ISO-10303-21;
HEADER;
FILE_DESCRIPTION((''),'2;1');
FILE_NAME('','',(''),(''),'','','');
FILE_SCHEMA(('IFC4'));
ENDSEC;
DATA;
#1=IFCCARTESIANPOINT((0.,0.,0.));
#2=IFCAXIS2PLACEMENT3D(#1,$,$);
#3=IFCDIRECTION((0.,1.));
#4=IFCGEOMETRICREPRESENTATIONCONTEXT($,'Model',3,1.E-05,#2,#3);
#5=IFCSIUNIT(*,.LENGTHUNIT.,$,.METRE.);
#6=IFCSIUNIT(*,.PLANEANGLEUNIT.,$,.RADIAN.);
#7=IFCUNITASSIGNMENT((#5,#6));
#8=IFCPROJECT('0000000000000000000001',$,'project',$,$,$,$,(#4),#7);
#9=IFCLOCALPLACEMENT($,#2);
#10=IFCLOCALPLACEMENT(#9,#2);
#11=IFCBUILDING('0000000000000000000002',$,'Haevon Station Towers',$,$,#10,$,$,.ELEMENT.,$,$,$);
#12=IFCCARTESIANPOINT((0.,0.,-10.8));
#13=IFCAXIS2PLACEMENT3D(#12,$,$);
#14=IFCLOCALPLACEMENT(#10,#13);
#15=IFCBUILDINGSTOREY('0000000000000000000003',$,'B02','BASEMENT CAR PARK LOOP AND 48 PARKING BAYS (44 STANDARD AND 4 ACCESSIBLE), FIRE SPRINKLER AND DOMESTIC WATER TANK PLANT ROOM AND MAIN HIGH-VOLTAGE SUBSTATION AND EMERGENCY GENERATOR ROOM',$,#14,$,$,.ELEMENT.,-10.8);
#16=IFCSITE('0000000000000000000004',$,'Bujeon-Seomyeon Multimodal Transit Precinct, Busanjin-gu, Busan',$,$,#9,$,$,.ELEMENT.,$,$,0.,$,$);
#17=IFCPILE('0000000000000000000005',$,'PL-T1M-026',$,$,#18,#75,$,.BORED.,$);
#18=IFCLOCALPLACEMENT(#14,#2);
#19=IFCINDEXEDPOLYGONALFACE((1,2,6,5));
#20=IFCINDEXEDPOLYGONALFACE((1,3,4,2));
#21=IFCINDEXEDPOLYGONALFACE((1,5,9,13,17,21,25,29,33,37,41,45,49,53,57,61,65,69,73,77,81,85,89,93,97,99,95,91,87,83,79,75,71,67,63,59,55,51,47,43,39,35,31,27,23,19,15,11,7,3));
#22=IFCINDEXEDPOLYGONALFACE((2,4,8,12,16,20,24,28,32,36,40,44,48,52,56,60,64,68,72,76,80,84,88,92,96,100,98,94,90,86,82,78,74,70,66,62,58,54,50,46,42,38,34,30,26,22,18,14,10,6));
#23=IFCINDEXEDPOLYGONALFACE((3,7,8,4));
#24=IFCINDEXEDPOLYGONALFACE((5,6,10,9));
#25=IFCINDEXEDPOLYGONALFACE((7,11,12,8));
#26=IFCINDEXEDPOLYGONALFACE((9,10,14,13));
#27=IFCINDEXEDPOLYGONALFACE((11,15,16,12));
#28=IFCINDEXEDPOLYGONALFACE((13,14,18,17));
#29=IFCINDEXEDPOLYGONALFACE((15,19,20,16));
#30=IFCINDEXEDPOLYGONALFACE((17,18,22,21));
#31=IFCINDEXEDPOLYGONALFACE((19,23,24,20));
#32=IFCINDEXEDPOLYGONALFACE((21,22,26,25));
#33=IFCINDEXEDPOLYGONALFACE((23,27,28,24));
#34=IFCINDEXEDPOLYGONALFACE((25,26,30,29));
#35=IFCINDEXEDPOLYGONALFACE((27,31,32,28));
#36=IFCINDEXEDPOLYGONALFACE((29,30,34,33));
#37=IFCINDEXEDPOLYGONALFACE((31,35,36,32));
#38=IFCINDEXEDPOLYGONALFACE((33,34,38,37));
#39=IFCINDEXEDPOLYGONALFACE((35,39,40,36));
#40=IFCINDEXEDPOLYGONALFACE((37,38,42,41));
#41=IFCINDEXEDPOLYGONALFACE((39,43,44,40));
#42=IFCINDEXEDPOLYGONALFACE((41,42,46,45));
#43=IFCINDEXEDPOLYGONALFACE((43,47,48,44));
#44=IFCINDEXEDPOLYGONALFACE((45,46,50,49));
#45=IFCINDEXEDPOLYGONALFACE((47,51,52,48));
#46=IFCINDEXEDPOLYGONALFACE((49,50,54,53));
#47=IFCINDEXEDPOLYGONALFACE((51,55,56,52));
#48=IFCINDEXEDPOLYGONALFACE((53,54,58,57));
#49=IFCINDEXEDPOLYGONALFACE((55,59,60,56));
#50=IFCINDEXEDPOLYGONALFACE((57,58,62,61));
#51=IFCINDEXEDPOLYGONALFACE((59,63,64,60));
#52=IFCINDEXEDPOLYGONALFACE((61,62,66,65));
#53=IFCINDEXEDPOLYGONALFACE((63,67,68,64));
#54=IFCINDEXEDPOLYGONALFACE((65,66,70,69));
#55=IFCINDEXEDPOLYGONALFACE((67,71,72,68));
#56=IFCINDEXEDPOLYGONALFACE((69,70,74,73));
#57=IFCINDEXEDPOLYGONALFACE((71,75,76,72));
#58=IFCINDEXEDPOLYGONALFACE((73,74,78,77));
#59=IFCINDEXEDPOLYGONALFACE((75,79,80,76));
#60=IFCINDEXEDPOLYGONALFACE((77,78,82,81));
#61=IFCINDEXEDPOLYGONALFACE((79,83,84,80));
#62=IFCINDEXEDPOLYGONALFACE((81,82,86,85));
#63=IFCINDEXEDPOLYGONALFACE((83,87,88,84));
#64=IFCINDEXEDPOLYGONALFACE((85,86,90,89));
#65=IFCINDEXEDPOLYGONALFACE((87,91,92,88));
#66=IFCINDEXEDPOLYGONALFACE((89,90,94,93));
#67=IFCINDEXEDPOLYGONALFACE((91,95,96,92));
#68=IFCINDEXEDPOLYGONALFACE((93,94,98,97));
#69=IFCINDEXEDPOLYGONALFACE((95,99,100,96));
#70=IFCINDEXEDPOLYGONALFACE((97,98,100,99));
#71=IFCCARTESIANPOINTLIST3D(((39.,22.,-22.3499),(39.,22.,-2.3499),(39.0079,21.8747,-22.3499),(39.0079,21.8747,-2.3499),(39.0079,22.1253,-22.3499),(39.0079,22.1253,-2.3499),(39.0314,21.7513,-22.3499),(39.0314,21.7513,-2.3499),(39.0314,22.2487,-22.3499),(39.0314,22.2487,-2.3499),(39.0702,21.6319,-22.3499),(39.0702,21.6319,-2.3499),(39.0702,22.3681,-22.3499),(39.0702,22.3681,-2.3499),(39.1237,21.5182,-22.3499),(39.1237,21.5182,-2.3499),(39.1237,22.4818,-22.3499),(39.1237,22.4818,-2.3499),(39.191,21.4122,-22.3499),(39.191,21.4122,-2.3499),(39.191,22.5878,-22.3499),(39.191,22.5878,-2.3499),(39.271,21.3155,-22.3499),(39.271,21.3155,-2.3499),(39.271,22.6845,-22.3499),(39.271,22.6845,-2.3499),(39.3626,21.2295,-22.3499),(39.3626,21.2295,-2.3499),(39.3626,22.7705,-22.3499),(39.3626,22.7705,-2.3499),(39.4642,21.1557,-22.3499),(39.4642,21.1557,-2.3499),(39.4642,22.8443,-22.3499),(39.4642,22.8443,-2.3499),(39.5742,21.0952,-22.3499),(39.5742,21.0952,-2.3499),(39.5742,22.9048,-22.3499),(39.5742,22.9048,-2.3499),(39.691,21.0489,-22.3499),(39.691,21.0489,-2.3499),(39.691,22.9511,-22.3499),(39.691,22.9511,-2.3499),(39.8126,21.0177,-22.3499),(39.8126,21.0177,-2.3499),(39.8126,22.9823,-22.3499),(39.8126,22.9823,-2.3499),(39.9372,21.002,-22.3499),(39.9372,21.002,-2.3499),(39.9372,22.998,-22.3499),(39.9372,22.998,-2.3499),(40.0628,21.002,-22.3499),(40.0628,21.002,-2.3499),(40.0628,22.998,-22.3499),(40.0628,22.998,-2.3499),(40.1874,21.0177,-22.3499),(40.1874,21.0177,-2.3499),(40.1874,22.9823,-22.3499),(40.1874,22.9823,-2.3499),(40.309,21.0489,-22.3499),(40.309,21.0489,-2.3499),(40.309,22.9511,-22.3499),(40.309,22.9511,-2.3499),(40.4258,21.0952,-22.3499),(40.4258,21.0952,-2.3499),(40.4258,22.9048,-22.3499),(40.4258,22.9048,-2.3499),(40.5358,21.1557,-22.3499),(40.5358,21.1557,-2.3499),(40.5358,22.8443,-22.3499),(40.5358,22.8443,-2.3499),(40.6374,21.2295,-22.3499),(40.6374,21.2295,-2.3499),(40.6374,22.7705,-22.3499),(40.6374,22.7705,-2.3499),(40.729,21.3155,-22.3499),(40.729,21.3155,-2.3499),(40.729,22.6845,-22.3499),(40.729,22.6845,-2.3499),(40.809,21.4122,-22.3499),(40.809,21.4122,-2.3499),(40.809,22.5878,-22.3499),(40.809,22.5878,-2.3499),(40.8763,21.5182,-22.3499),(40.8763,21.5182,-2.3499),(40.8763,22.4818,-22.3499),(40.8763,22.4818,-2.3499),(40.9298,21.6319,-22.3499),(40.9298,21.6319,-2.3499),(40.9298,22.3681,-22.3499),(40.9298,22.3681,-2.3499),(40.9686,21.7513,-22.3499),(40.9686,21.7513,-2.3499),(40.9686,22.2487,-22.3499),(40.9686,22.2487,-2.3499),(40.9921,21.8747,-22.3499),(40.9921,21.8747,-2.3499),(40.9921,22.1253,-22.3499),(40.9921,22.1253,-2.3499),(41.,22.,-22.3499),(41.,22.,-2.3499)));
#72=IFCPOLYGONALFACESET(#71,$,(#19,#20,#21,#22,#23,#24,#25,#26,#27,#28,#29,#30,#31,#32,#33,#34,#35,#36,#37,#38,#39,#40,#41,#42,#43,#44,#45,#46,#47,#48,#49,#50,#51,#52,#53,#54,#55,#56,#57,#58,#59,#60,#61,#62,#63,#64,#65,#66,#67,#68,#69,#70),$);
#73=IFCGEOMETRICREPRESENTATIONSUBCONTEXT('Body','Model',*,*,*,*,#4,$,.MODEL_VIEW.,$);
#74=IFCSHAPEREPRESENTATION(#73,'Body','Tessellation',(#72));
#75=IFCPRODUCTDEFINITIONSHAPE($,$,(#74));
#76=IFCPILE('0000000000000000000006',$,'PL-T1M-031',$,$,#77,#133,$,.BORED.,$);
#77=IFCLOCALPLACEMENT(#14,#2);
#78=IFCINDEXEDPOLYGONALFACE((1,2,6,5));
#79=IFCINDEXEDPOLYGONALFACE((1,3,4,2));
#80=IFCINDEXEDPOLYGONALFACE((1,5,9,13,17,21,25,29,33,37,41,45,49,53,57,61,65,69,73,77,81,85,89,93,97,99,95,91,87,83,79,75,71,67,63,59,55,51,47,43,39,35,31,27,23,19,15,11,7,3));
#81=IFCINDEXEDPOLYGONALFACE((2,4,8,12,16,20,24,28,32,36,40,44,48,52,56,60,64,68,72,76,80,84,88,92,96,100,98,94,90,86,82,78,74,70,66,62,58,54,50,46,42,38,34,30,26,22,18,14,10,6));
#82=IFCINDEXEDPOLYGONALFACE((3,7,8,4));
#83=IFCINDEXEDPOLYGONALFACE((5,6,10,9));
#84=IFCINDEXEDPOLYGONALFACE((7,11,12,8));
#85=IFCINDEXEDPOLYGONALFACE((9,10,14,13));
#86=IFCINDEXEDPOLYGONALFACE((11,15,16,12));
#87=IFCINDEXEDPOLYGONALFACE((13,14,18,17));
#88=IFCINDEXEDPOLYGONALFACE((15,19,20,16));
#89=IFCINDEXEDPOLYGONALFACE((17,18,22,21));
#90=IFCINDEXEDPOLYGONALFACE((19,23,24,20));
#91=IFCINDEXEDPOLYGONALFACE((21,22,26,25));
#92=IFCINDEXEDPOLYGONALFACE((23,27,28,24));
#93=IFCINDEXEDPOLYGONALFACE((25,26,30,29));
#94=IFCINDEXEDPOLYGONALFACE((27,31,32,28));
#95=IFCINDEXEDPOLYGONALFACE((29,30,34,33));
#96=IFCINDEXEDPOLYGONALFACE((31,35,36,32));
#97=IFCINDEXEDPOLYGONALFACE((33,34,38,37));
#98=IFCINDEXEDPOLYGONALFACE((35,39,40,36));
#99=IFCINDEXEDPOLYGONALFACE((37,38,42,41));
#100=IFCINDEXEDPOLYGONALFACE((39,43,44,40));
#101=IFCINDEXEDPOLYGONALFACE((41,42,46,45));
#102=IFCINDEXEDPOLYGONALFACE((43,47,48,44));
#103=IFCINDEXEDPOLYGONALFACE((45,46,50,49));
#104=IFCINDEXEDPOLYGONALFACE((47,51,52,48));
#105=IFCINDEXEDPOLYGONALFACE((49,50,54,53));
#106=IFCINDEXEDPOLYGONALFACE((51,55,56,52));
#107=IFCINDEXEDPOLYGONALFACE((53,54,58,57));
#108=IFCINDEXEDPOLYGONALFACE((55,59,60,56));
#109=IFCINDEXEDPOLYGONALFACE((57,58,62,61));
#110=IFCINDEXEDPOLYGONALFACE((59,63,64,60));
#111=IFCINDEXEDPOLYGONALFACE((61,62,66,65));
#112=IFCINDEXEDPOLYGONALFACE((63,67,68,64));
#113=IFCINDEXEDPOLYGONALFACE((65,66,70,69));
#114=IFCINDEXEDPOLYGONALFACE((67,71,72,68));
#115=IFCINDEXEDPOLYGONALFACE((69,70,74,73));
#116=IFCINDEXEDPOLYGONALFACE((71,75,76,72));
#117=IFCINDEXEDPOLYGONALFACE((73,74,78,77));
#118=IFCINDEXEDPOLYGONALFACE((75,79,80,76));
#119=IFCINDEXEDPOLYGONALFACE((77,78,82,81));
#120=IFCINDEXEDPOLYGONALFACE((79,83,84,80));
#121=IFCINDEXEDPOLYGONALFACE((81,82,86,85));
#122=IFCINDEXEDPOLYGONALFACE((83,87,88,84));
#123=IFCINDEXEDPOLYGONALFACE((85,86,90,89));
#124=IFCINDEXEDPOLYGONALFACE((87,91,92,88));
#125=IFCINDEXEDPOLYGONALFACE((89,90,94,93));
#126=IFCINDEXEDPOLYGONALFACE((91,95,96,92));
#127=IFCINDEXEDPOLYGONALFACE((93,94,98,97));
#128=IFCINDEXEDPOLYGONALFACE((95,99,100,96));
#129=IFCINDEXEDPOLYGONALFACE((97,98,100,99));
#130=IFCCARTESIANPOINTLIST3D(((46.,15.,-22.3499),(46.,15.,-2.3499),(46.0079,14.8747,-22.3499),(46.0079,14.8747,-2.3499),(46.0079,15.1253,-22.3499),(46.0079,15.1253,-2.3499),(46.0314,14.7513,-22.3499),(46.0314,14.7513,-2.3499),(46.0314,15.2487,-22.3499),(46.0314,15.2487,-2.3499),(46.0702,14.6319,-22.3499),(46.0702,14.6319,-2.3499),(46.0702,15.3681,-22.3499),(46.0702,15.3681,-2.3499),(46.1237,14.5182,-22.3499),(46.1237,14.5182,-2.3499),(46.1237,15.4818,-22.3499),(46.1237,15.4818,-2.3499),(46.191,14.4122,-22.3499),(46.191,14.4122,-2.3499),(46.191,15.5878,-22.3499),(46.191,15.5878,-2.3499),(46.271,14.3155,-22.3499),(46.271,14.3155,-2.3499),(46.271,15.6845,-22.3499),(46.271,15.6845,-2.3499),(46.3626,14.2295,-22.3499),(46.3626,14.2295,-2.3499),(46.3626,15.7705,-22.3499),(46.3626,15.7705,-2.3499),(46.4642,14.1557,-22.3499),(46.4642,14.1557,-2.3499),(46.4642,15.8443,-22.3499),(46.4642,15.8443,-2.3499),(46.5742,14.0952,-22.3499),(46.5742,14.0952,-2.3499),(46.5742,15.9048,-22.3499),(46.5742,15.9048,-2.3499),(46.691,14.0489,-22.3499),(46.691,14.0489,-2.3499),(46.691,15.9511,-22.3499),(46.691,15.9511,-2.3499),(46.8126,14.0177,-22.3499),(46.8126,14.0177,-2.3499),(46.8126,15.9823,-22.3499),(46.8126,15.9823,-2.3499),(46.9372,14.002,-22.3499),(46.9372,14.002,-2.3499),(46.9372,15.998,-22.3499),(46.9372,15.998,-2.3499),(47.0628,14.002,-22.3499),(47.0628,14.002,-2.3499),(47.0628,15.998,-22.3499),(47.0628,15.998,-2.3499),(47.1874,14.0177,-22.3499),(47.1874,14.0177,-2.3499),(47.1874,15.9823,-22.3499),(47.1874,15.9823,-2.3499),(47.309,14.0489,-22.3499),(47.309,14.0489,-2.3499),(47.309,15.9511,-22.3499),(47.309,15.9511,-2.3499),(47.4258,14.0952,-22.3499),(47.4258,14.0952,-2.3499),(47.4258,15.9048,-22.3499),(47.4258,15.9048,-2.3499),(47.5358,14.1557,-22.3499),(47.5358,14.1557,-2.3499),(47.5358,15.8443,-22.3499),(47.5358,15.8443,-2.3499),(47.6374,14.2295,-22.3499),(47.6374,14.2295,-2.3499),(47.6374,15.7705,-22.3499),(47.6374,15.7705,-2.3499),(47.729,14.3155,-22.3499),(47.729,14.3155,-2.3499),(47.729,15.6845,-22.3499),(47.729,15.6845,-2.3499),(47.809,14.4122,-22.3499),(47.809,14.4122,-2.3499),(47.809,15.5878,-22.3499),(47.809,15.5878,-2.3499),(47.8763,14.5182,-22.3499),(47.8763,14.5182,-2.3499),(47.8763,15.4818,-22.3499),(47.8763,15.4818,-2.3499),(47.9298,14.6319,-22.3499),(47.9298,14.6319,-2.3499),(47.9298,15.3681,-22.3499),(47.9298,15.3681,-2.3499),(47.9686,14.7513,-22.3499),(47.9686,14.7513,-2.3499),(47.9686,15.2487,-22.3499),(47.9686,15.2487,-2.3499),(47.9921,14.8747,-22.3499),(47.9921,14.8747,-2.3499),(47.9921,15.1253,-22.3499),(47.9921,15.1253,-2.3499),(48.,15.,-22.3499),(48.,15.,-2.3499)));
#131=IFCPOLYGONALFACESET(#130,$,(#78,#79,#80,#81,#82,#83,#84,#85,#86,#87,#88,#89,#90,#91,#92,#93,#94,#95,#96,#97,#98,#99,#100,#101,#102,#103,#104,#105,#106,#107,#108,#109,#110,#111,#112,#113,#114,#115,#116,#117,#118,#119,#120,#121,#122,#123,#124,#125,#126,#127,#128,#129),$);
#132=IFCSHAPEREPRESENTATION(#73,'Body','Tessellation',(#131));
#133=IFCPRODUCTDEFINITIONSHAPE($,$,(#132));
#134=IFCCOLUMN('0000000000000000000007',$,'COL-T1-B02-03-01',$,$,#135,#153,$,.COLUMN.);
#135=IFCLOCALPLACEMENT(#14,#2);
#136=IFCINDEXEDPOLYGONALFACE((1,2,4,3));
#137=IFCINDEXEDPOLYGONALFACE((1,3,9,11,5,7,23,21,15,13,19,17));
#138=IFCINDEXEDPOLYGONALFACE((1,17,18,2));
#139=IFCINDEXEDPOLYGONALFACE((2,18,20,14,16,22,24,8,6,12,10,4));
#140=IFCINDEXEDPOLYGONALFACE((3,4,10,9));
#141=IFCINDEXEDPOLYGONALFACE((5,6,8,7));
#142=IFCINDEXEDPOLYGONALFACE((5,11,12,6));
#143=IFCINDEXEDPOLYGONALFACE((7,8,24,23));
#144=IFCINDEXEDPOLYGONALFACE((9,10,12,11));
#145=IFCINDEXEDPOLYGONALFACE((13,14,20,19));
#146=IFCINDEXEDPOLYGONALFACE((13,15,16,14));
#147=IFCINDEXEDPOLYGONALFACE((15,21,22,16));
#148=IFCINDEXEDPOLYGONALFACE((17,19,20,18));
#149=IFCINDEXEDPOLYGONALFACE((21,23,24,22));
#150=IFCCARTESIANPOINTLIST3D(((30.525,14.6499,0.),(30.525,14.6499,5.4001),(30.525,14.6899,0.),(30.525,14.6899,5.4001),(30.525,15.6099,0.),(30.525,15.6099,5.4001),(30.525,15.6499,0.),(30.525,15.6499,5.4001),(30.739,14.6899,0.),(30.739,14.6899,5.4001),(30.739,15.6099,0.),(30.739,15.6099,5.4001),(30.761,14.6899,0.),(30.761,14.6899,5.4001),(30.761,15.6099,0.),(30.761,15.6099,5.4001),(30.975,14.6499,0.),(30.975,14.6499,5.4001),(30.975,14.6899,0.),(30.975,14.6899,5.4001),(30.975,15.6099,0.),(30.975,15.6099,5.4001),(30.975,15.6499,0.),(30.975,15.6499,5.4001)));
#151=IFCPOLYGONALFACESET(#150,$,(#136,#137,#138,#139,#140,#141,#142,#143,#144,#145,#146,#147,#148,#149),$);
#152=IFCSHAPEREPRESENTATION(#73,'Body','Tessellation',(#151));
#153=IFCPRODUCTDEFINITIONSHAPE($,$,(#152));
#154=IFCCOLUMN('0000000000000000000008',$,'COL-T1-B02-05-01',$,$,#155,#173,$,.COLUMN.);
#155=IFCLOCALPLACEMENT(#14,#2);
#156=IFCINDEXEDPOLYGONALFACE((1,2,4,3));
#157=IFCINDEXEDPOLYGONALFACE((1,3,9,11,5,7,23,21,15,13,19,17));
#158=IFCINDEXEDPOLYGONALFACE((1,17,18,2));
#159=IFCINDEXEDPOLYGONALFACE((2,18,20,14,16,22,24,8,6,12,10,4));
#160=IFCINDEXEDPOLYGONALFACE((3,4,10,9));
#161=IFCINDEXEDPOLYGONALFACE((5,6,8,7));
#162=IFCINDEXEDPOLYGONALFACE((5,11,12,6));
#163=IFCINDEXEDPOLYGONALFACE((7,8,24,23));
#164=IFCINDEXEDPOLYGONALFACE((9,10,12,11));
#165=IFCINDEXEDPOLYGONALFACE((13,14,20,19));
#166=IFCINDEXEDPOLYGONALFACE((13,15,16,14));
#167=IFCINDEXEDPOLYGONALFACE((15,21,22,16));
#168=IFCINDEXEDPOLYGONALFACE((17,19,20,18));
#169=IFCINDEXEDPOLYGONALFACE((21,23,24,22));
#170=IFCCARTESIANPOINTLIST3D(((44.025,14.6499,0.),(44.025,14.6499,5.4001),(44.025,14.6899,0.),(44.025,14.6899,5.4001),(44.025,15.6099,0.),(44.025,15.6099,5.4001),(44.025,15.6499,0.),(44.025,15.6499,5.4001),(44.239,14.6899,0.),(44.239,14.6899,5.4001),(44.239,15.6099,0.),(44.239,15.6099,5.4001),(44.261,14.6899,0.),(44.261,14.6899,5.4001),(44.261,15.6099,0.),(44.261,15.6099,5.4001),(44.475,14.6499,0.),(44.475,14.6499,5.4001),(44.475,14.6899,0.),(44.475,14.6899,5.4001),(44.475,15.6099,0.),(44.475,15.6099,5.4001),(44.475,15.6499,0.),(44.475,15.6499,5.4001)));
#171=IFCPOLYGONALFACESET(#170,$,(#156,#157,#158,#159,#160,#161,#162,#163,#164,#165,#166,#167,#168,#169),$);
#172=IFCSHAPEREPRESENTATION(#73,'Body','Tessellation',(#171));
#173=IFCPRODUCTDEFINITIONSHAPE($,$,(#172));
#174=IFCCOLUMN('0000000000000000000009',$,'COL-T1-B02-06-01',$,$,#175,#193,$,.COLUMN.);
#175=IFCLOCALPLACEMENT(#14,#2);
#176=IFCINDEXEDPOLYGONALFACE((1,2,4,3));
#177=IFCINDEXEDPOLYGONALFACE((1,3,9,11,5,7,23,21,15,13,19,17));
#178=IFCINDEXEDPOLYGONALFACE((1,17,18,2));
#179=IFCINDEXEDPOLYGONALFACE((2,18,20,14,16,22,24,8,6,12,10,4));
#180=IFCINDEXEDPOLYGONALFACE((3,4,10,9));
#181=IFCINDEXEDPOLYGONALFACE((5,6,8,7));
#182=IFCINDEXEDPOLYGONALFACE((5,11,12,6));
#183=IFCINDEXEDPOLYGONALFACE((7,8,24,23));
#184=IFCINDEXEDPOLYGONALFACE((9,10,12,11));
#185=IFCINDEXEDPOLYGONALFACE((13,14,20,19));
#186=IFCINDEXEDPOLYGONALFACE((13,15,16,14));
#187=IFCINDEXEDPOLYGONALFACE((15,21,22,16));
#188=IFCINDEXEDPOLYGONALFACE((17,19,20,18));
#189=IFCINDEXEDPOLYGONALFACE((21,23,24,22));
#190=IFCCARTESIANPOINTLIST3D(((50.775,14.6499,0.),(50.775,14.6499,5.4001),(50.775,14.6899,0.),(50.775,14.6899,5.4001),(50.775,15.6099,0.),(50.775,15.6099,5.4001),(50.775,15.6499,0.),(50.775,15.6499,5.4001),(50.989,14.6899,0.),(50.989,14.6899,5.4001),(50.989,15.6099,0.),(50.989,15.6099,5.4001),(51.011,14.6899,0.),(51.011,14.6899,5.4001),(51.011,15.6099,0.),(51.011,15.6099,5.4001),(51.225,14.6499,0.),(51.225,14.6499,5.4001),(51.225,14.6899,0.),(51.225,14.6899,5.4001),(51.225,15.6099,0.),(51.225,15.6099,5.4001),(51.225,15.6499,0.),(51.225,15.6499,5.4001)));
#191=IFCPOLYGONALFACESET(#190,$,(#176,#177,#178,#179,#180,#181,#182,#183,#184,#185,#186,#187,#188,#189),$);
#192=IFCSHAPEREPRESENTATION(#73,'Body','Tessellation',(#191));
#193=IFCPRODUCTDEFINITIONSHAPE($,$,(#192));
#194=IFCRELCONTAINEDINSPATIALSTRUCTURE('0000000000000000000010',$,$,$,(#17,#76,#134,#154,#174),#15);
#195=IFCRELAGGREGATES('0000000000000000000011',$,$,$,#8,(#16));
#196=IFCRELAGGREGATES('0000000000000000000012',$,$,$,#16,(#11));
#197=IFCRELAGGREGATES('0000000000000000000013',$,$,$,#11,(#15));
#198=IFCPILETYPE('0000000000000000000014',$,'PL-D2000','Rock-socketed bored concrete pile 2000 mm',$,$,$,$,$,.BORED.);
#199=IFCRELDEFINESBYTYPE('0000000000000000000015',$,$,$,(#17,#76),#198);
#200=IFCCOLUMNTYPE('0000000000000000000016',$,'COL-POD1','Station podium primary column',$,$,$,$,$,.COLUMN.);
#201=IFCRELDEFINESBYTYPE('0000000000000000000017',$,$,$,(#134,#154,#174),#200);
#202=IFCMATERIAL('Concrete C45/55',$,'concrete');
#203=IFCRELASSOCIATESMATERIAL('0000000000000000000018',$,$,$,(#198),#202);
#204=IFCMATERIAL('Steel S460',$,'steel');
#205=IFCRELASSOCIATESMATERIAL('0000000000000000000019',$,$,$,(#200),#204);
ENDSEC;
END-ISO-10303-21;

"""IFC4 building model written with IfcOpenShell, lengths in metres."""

from ifc_helpers import new_model, si_unit, direction, frame, origin, origin_2d, place, context, subcontext, project, spatial, circle, i_section, extrude, material, material_profile, profile_set, type_object, element, save


model = new_model("IFC4")

# Units and contexts
model_context = context("Model", 3, precision=1e-05, world=origin(), true_north=direction((0.0, 1.0)))
body_context = subcontext(model_context, "Body", "Model", "MODEL_VIEW")
ifc_project = project(units=[si_unit("LENGTHUNIT", "METRE"), si_unit("PLANEANGLEUNIT", "RADIAN")], contexts=[model_context])

# Site, building, storey
site_placement = place(None, origin())
site = spatial("IfcSite", under=ifc_project, at=site_placement, Name="Bujeon-Seomyeon Multimodal Transit Precinct, Busanjin-gu, Busan", CompositionType="ELEMENT", RefElevation=0.0)
building_placement = place(site_placement, origin())
building = spatial("IfcBuilding", under=site, at=building_placement, Name="Haevon Station Towers", CompositionType="ELEMENT")
storey_placement = place(building_placement, frame((0.0, 0.0, -10.8)))
storey = spatial("IfcBuildingStorey", under=building, at=storey_placement, Name="B02", Description="BASEMENT CAR PARK LOOP AND 48 PARKING BAYS (44 STANDARD AND 4 ACCESSIBLE), FIRE SPRINKLER AND DOMESTIC WATER TANK PLANT ROOM AND MAIN HIGH-VOLTAGE SUBSTATION AND EMERGENCY GENERATOR ROOM", CompositionType="ELEMENT", Elevation=-10.8)

# Piles
ifc_material_1 = material(Name="Concrete C45/55", Category="concrete")
ifc_material_profile_1 = material_profile(ifc_material_1, circle(Radius=1.0, at=origin_2d()), Name="PILE-D2000")
ifc_profile_set_1 = profile_set([ifc_material_profile_1], Name="Concrete C45/55")
pile_type = type_object("IfcPileType", Name="PL-D2000", Description="Rock-socketed bored concrete pile 2000 mm", PredefinedType="BORED", material=ifc_profile_set_1)
for number, where, z_axis, x_axis, name in (
    (1, (40.0, 22.0, -2.3499), (0.0, 0.0, -1.0), (1.0, 0.0, 0.0), "PL-T1M-026"),
    (2, (47.0, 15.0, -2.3499), (0.0, 0.0, -1.0), (1.0, 0.0, 0.0), "PL-T1M-031"),
):
    element("IfcPile", number, at=place(storey_placement, frame(where, z_axis=z_axis, x_axis=x_axis)), inside=storey, type_object=pile_type, Name=name, PredefinedType="BORED", context=body_context, shape_type="SweptSolid", body=[
        extrude(circle(Radius=1.0, at=origin_2d()), origin(), (0.0, 0.0, 1.0), 20.0),
    ])

# Columns
ifc_material_2 = material(Name="Steel S460", Category="steel")
ifc_material_profile_2 = material_profile(ifc_material_2, i_section(OverallWidth=0.45, OverallDepth=1.0, WebThickness=0.022, FlangeThickness=0.04, at=origin_2d()), Name="H-1000x450x22x40")
ifc_profile_set_2 = profile_set([ifc_material_profile_2], Name="Steel S460")
column_type = type_object("IfcColumnType", Name="COL-POD1", Description="Station podium primary column", PredefinedType="COLUMN", material=ifc_profile_set_2)
for number, where, z_axis, x_axis, name in (
    (3, (30.75, 15.1499, 0.0), (0.0, 0.0, 1.0), (1.0, 0.0, 0.0), "COL-T1-B02-03-01"),
    (4, (44.25, 15.1499, 0.0), (0.0, 0.0, 1.0), (1.0, 0.0, 0.0), "COL-T1-B02-05-01"),
    (5, (51.0, 15.1499, 0.0), (0.0, 0.0, 1.0), (1.0, 0.0, 0.0), "COL-T1-B02-06-01"),
):
    element("IfcColumn", number, at=place(storey_placement, frame(where, z_axis=z_axis, x_axis=x_axis)), inside=storey, type_object=column_type, Name=name, PredefinedType="COLUMN", context=body_context, shape_type="SweptSolid", body=[
        extrude(i_section(OverallWidth=0.45, OverallDepth=1.0, WebThickness=0.022, FlangeThickness=0.04, at=origin_2d()), origin(), (0.0, 0.0, 1.0), 5.4001),
    ])

save(model, "model.ifc")
